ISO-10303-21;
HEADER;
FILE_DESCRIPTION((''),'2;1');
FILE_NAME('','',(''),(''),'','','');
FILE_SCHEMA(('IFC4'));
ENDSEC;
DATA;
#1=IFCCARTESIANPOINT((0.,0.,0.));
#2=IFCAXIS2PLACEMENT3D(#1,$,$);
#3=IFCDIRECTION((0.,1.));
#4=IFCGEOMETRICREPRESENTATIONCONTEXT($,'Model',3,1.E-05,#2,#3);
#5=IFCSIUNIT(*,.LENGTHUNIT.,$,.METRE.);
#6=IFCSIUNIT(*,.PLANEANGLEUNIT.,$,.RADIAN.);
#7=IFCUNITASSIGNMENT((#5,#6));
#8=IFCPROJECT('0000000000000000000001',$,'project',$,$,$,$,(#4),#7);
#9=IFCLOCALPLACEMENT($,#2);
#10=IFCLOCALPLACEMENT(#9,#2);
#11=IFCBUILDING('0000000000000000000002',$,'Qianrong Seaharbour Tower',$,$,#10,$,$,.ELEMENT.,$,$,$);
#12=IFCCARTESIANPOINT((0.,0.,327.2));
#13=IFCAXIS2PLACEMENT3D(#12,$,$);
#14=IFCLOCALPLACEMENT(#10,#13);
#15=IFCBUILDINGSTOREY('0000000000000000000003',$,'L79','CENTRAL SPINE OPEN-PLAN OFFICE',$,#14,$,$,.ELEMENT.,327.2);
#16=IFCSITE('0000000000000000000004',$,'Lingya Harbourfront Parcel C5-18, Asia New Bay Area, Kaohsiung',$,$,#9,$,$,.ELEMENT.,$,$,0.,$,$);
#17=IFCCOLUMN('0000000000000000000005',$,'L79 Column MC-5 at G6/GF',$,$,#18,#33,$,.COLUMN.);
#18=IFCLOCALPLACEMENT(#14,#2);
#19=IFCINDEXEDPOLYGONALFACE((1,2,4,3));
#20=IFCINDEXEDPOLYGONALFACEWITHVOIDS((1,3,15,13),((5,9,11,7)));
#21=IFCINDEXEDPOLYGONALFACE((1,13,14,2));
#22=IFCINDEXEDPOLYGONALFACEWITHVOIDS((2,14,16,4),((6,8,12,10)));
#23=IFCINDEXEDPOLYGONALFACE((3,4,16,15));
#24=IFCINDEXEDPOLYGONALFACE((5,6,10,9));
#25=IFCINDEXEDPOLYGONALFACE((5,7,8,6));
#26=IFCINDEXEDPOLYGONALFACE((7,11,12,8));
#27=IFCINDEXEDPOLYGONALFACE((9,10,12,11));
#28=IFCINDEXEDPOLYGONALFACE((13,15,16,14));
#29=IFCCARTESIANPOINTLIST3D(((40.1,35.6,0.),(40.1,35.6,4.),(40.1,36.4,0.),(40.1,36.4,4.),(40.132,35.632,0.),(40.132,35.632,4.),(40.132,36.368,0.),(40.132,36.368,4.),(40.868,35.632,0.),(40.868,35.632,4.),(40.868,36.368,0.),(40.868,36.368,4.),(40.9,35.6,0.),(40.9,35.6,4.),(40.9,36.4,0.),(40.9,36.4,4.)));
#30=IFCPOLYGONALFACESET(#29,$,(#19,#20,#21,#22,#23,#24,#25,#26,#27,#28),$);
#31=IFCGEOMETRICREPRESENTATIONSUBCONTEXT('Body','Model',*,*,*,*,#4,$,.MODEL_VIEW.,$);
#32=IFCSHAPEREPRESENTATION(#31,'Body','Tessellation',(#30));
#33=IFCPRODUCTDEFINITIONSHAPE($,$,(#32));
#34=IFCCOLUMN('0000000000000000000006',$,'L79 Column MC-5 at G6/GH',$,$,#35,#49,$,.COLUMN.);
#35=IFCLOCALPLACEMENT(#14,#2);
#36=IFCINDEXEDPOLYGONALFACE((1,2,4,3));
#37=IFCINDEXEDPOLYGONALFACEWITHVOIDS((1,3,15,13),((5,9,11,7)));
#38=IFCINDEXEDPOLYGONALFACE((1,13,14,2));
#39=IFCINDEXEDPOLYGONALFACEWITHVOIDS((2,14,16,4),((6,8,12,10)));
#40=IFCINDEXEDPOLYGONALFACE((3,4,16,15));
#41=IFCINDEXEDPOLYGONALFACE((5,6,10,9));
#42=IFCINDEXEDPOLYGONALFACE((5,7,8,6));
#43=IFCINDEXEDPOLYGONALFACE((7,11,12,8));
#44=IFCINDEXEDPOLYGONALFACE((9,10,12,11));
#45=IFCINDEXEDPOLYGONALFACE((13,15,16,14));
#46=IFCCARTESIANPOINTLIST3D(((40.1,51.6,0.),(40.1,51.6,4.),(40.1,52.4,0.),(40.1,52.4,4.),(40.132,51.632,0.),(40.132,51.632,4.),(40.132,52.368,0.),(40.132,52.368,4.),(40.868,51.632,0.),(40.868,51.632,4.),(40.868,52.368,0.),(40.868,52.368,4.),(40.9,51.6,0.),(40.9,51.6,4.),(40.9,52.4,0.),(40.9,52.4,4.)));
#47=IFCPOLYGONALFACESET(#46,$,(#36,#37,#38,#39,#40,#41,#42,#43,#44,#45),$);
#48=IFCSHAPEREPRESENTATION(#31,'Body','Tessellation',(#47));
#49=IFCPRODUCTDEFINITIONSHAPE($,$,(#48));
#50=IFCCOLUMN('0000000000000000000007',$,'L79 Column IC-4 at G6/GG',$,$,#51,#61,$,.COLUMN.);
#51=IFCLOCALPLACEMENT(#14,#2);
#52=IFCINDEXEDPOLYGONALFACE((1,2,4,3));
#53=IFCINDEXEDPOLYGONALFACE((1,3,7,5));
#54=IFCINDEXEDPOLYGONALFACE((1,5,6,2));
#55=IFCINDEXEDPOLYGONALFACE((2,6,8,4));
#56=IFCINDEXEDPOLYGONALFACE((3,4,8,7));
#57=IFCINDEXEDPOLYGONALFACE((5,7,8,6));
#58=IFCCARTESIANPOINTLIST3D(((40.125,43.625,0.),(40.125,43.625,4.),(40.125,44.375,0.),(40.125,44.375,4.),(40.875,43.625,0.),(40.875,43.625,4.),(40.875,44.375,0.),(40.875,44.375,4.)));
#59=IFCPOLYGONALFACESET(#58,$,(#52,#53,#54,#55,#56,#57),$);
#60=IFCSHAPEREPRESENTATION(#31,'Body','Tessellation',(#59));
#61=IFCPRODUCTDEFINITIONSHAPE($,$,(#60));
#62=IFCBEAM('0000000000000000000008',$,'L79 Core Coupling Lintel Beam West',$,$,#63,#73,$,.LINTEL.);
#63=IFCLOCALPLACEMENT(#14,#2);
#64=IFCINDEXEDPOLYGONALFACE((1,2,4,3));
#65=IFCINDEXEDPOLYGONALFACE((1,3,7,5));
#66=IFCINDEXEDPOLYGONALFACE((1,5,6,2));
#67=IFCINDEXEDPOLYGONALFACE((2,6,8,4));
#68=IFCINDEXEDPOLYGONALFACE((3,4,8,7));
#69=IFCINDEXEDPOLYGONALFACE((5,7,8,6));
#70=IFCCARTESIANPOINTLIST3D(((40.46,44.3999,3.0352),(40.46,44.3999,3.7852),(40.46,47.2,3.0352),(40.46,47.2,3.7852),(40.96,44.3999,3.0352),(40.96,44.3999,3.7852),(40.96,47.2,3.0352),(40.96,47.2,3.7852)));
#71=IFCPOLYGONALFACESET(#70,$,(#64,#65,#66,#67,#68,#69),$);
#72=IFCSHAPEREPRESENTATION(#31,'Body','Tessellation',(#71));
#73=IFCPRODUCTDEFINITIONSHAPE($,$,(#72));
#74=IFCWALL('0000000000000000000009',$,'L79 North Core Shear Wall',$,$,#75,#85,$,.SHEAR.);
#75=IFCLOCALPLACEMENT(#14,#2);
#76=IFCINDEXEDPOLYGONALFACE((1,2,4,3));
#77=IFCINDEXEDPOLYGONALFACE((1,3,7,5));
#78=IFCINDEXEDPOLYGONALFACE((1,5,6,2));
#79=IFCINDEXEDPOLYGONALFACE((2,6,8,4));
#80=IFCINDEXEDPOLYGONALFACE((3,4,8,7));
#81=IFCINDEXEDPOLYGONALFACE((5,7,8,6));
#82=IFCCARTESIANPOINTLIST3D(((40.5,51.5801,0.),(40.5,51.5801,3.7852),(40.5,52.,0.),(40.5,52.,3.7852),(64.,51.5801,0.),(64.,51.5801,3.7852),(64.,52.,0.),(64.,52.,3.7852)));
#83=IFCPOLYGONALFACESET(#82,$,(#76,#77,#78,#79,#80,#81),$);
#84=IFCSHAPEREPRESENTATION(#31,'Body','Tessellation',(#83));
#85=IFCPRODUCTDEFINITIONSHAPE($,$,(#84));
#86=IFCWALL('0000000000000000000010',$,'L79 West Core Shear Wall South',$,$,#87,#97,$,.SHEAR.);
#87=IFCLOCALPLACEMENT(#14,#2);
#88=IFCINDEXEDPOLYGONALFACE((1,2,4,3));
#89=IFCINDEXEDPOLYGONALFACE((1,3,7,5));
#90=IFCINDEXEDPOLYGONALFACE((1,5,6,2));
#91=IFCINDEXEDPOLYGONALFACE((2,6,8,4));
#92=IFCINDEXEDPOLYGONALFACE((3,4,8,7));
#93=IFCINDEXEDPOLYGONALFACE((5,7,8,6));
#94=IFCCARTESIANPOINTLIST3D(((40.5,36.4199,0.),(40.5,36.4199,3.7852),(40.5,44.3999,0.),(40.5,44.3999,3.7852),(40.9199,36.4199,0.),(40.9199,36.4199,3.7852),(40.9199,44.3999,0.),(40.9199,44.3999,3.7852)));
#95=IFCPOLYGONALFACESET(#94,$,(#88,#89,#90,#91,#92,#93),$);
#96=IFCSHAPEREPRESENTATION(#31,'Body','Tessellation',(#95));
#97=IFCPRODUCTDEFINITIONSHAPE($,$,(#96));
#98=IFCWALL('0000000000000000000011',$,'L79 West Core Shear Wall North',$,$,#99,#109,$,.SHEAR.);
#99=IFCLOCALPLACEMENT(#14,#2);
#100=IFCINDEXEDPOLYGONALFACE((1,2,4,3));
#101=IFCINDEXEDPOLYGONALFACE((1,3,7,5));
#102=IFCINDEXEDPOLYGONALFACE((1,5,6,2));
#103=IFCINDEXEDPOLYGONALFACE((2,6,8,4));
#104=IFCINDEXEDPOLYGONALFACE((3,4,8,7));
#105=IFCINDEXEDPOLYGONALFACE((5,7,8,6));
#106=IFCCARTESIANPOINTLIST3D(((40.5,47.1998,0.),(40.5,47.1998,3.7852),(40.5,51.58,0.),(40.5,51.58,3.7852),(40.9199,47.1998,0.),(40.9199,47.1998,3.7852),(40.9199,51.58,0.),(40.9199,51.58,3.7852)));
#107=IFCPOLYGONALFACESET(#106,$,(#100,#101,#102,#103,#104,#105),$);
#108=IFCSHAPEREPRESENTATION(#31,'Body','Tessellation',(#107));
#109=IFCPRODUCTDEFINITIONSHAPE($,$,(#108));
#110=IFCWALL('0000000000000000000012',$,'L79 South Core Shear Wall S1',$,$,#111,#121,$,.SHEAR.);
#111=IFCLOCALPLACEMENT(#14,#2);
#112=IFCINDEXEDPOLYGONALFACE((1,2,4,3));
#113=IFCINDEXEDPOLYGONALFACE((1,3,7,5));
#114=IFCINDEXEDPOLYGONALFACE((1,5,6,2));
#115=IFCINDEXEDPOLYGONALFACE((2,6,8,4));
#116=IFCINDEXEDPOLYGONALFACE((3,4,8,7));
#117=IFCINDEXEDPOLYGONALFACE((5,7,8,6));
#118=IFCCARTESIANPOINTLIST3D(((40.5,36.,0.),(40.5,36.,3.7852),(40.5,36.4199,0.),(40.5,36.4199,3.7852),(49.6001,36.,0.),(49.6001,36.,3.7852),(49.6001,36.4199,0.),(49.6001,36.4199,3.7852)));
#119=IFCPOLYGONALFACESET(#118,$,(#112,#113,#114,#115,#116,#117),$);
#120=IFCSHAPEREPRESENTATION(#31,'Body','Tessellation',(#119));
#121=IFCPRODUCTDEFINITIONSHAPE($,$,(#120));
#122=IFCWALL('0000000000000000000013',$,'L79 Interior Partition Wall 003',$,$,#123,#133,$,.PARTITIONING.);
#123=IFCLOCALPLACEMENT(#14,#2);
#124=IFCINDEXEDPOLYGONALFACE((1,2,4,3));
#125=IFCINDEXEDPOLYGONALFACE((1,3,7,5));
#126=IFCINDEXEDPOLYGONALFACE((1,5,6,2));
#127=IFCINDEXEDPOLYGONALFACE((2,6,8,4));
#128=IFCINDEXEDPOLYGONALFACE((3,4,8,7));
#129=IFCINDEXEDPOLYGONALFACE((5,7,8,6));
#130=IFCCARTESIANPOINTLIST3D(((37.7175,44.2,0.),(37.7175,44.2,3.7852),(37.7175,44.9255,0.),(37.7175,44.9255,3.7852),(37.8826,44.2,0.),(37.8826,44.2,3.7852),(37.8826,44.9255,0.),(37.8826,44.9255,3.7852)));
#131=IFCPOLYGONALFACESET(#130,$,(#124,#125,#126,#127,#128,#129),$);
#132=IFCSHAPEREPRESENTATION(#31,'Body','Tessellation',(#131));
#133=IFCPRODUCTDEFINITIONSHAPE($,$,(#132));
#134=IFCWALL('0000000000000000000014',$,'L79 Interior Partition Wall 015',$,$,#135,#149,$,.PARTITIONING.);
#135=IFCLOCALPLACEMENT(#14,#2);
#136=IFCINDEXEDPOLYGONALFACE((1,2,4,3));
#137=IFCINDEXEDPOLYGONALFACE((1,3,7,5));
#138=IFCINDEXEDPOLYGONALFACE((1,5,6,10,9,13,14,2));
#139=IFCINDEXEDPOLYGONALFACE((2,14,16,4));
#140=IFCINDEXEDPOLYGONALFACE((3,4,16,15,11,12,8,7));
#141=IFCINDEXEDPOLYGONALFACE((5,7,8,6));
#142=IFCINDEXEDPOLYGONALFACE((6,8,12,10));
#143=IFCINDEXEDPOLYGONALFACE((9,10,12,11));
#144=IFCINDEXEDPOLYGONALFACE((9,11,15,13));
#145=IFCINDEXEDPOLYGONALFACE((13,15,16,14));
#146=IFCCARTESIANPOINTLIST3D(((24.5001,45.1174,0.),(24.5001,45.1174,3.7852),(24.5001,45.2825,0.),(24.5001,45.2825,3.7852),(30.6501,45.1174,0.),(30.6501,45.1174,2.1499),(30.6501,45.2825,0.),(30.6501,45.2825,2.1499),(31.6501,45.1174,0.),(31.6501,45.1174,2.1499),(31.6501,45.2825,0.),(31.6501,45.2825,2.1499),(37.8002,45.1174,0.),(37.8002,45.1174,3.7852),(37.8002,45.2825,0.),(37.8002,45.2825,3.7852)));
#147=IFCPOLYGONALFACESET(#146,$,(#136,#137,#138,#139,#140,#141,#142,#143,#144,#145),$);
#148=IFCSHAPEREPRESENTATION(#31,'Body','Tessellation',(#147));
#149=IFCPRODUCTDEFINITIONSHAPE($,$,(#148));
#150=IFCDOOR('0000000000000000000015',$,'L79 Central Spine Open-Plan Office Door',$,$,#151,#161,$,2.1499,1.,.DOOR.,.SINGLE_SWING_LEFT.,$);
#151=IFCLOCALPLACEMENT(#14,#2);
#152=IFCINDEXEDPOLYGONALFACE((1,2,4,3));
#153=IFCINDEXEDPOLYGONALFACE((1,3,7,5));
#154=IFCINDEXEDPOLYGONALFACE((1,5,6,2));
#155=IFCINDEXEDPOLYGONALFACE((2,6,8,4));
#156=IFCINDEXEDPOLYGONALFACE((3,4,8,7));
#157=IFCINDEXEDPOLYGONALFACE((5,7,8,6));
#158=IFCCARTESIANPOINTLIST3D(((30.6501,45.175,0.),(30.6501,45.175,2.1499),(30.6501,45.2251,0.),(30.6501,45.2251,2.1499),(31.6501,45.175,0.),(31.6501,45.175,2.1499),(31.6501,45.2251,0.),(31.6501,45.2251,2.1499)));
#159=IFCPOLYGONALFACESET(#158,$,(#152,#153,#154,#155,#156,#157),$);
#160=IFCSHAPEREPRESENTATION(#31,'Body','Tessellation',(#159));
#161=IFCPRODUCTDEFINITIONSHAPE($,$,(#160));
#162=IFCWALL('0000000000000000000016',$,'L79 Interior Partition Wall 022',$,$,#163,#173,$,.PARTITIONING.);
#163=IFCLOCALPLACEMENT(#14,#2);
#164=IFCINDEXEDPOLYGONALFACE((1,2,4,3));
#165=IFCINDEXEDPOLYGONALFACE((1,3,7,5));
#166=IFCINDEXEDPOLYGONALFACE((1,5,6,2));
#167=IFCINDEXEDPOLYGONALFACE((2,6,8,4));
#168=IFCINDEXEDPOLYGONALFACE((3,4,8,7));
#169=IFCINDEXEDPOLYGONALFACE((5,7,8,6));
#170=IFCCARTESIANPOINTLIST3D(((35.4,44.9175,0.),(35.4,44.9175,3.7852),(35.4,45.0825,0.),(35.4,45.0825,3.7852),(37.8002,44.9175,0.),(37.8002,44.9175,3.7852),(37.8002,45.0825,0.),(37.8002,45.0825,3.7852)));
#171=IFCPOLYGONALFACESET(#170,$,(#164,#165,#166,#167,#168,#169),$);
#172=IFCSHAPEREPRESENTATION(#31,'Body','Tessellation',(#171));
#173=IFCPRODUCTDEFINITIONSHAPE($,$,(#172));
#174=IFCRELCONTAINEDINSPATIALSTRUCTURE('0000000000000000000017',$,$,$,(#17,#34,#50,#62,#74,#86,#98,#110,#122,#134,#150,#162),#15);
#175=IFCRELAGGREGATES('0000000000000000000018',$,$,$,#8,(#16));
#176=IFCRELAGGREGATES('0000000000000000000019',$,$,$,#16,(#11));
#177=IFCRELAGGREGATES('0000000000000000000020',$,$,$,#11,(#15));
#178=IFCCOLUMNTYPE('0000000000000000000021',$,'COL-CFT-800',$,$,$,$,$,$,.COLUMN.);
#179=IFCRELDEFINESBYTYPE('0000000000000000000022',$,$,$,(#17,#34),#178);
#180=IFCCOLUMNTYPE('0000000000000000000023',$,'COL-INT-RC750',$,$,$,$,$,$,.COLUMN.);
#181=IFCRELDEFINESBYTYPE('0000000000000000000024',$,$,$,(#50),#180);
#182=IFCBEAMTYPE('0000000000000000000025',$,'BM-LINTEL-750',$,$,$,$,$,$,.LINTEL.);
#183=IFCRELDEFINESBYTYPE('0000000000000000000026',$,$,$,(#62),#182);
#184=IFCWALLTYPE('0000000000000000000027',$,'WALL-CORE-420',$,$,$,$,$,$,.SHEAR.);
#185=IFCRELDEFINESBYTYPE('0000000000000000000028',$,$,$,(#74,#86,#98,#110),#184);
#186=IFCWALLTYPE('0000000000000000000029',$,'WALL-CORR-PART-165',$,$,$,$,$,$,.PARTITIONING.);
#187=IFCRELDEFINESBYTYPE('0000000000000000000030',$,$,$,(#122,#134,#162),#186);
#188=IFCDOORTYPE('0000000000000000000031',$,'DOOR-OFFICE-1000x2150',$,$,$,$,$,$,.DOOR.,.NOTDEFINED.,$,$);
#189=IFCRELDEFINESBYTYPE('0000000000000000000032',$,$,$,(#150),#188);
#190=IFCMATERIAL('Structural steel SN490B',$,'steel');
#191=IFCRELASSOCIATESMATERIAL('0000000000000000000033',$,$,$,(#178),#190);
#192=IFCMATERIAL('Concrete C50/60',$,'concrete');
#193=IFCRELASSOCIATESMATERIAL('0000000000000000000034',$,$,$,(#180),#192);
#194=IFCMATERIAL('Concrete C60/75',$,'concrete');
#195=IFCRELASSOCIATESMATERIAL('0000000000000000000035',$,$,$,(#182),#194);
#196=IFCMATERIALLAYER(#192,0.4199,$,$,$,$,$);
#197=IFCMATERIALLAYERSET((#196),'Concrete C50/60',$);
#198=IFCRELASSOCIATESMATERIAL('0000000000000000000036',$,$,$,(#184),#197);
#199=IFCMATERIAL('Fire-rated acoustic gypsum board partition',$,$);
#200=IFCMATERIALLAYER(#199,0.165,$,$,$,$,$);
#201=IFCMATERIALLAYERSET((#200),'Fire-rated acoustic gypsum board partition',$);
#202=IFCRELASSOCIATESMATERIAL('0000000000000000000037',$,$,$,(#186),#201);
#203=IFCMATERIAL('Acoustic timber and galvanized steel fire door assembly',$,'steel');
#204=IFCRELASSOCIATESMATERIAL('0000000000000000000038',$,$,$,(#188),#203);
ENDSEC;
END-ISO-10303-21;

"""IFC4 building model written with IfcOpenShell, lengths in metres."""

from ifc_helpers import new_model, si_unit, direction, frame, frame_2d, origin, origin_2d, place, context, subcontext, project, spatial, rectangle, hollow_rectangle, extrude, material, layer, layer_set, material_profile, profile_set, type_object, element, fill, save


model = new_model("IFC4")

# Units and contexts
model_context = context("Model", 3, precision=1e-05, world=origin(), true_north=direction((0.0, 1.0)))
body_context = subcontext(model_context, "Body", "Model", "MODEL_VIEW")
ifc_project = project(units=[si_unit("LENGTHUNIT", "METRE"), si_unit("PLANEANGLEUNIT", "RADIAN")], contexts=[model_context])

# Site, building, storey
site_placement = place(None, origin())
site = spatial("IfcSite", under=ifc_project, at=site_placement, Name="Lingya Harbourfront Parcel C5-18, Asia New Bay Area, Kaohsiung", CompositionType="ELEMENT", RefElevation=0.0)
building_placement = place(site_placement, origin())
building = spatial("IfcBuilding", under=site, at=building_placement, Name="Qianrong Seaharbour Tower", CompositionType="ELEMENT")
storey_placement = place(building_placement, frame((0.0, 0.0, 327.2)))
storey = spatial("IfcBuildingStorey", under=building, at=storey_placement, Name="L79", Description="CENTRAL SPINE OPEN-PLAN OFFICE", CompositionType="ELEMENT", Elevation=327.2)

# Columns
ifc_material_1 = material(Name="Structural steel SN490B", Category="steel")
ifc_material_profile_1 = material_profile(ifc_material_1, hollow_rectangle(XDim=0.8, YDim=0.8, WallThickness=0.032, at=origin_2d()), Name="BOX800x800x32")
ifc_profile_set_1 = profile_set([ifc_material_profile_1], Name="Structural steel SN490B")
column_type_1 = type_object("IfcColumnType", Name="COL-CFT-800", PredefinedType="COLUMN", material=ifc_profile_set_1)
for number, where, z_axis, x_axis, name in (
    (1, (40.5, 36.0, 0.0), (0.0, 0.0, 1.0), (1.0, 0.0, 0.0), "L79 Column MC-5 at G6/GF"),
    (2, (40.5, 52.0, 0.0), (0.0, 0.0, 1.0), (1.0, 0.0, 0.0), "L79 Column MC-5 at G6/GH"),
):
    element("IfcColumn", number, at=place(storey_placement, frame(where, z_axis=z_axis, x_axis=x_axis)), inside=storey, type_object=column_type_1, Name=name, PredefinedType="COLUMN", context=body_context, shape_type="SweptSolid", body=[
        extrude(hollow_rectangle(XDim=0.8, YDim=0.8, WallThickness=0.032, at=origin_2d()), origin(), (0.0, 0.0, 1.0), 4.0),
    ])
ifc_material_2 = material(Name="Concrete C50/60", Category="concrete")
ifc_material_profile_2 = material_profile(ifc_material_2, rectangle(XDim=0.75, YDim=0.75, at=origin_2d()), Name="RC750x750")
ifc_profile_set_2 = profile_set([ifc_material_profile_2], Name="Concrete C50/60")
column_type_2 = type_object("IfcColumnType", Name="COL-INT-RC750", PredefinedType="COLUMN", material=ifc_profile_set_2)
column_placement = place(storey_placement, frame((40.5, 44.0, 0.0), z_axis=(0.0, 0.0, 1.0), x_axis=(1.0, 0.0, 0.0)))
element("IfcColumn", 3, at=column_placement, inside=storey, type_object=column_type_2, Name="L79 Column IC-4 at G6/GG", PredefinedType="COLUMN", context=body_context, shape_type="SweptSolid", body=[
    extrude(rectangle(XDim=0.75, YDim=0.75, at=origin_2d()), origin(), (0.0, 0.0, 1.0), 4.0),
])

# Beam
ifc_material_3 = material(Name="Concrete C60/75", Category="concrete")
ifc_material_profile_3 = material_profile(ifc_material_3, rectangle(XDim=0.5, YDim=0.75, at=origin_2d()), Name="RC500x750")
ifc_profile_set_3 = profile_set([ifc_material_profile_3], Name="Concrete C60/75")
beam_type = type_object("IfcBeamType", Name="BM-LINTEL-750", PredefinedType="LINTEL", material=ifc_profile_set_3)
beam_placement = place(storey_placement, frame((40.71, 44.3999, 3.4102), z_axis=(0.0, 1.0, 0.0), x_axis=(-1.0, 0.0, 0.0)))
element("IfcBeam", 4, at=beam_placement, inside=storey, type_object=beam_type, Name="L79 Core Coupling Lintel Beam West", PredefinedType="LINTEL", context=body_context, shape_type="SweptSolid", body=[
    extrude(rectangle(XDim=0.5, YDim=0.75, at=origin_2d()), origin(), (0.0, 0.0, 1.0), 2.8),
])

# Walls
ifc_layer_1 = layer(ifc_material_2, 0.4199)
ifc_layer_set_1 = layer_set([ifc_layer_1], Name="Concrete C50/60")
wall_type_1 = type_object("IfcWallType", Name="WALL-CORE-420", PredefinedType="SHEAR", material=ifc_layer_set_1)
wall_1_placement = place(storey_placement, frame((40.5, 51.79, 0.0), z_axis=(0.0, 0.0, 1.0), x_axis=(1.0, 0.0, 0.0)))
element("IfcWall", 5, at=wall_1_placement, inside=storey, type_object=wall_type_1, Name="L79 North Core Shear Wall", PredefinedType="SHEAR", context=body_context, shape_type="SweptSolid", body=[
    extrude(rectangle(XDim=23.5, YDim=0.4199, at=frame_2d((11.75, 0.0))), origin(), (0.0, 0.0, 1.0), 3.7852),
])
wall_2_placement = place(storey_placement, frame((40.71, 36.4199, 0.0), z_axis=(0.0, 0.0, 1.0), x_axis=(0.0, 1.0, 0.0)))
element("IfcWall", 6, at=wall_2_placement, inside=storey, type_object=wall_type_1, Name="L79 West Core Shear Wall South", PredefinedType="SHEAR", context=body_context, shape_type="SweptSolid", body=[
    extrude(rectangle(XDim=7.98, YDim=0.4199, at=frame_2d((3.99, 0.0))), origin(), (0.0, 0.0, 1.0), 3.7852),
])
wall_3_placement = place(storey_placement, frame((40.71, 47.2, 0.0), z_axis=(0.0, 0.0, 1.0), x_axis=(0.0, 1.0, 0.0)))
element("IfcWall", 7, at=wall_3_placement, inside=storey, type_object=wall_type_1, Name="L79 West Core Shear Wall North", PredefinedType="SHEAR", context=body_context, shape_type="SweptSolid", body=[
    extrude(rectangle(XDim=4.3801, YDim=0.4199, at=frame_2d((2.1899, 0.0))), origin(), (0.0, 0.0, 1.0), 3.7852),
])
wall_4_placement = place(storey_placement, frame((40.5, 36.21, 0.0), z_axis=(0.0, 0.0, 1.0), x_axis=(1.0, 0.0, 0.0)))
element("IfcWall", 8, at=wall_4_placement, inside=storey, type_object=wall_type_1, Name="L79 South Core Shear Wall S1", PredefinedType="SHEAR", context=body_context, shape_type="SweptSolid", body=[
    extrude(rectangle(XDim=9.1001, YDim=0.4199, at=frame_2d((4.55, 0.0))), origin(), (0.0, 0.0, 1.0), 3.7852),
])

# Shared definitions
ifc_material_4 = material(Name="Fire-rated acoustic gypsum board partition")
ifc_layer_2 = layer(ifc_material_4, 0.165)
ifc_layer_set_2 = layer_set([ifc_layer_2], Name="Fire-rated acoustic gypsum board partition")
wall_type_2 = type_object("IfcWallType", Name="WALL-CORR-PART-165", PredefinedType="PARTITIONING", material=ifc_layer_set_2)
ifc_material_5 = material(Name="Acoustic timber and galvanized steel fire door assembly", Category="steel")

# Wall
wall_5_placement = place(storey_placement, frame((37.8, 44.2, 0.0), z_axis=(0.0, 0.0, 1.0), x_axis=(0.0, 1.0, 0.0)))
element("IfcWall", 9, at=wall_5_placement, inside=storey, type_object=wall_type_2, Name="L79 Interior Partition Wall 003", PredefinedType="PARTITIONING", context=body_context, shape_type="SweptSolid", body=[
    extrude(rectangle(XDim=0.7256, YDim=0.165, at=frame_2d((0.3628, 0.0))), origin(), (0.0, 0.0, 1.0), 3.7852),
])

# Wall, opening, door
wall_6_placement = place(storey_placement, frame((37.8, 45.2, 0.0), z_axis=(0.0, 0.0, 1.0), x_axis=(-1.0, 0.0, 0.0)))
wall_6 = element("IfcWall", 10, at=wall_6_placement, inside=storey, type_object=wall_type_2, Name="L79 Interior Partition Wall 015", PredefinedType="PARTITIONING", context=body_context, shape_type="SweptSolid", body=[
    extrude(rectangle(XDim=13.3, YDim=0.165, at=frame_2d((6.6499, 0.0))), origin(), (0.0, 0.0, 1.0), 3.7852),
])
opening_1_placement = place(wall_6_placement, frame((6.1499, 0.0, 0.0)))
opening_1 = element("IfcOpeningElement", 11, at=opening_1_placement, cuts=wall_6, PredefinedType="OPENING", context=body_context, shape_type="SweptSolid", body=[
    extrude(rectangle(XDim=1.0, YDim=2.1499, at=frame_2d((0.5, 1.075))), frame((0.0, 0.0925, 0.0), z_axis=(0.0, -1.0, 0.0), x_axis=(1.0, 0.0, 0.0)), (0.0, 0.0, 1.0), 0.1851),
])
door_type_1 = type_object("IfcDoorType", Name="DOOR-OFFICE-1000x2150", OperationType="NOTDEFINED", PredefinedType="DOOR", material=ifc_material_5)
door_1_placement = place(opening_1_placement, origin())
door_1 = element("IfcDoor", 12, at=door_1_placement, inside=storey, type_object=door_type_1, Name="L79 Central Spine Open-Plan Office Door", OperationType="SINGLE_SWING_LEFT", OverallHeight=2.1499, OverallWidth=1.0, PredefinedType="DOOR", context=body_context, shape_type="SweptSolid", body=[
    extrude(rectangle(XDim=1.0, YDim=2.1499, at=frame_2d((0.5, 1.075))), frame((0.0, 0.0249, 0.0), z_axis=(0.0, -1.0, 0.0), x_axis=(1.0, 0.0, 0.0)), (0.0, 0.0, 1.0), 0.05),
])
fill(opening_1, door_1)

# Wall
wall_7_placement = place(storey_placement, frame((35.3999, 45.0, 0.0), z_axis=(0.0, 0.0, 1.0), x_axis=(1.0, 0.0, 0.0)))
element("IfcWall", 13, at=wall_7_placement, inside=storey, type_object=wall_type_2, Name="L79 Interior Partition Wall 022", PredefinedType="PARTITIONING", context=body_context, shape_type="SweptSolid", body=[
    extrude(rectangle(XDim=2.4001, YDim=0.165, at=frame_2d((1.2002, 0.0))), origin(), (0.0, 0.0, 1.0), 3.7852),
])

save(model, "model.ifc")
